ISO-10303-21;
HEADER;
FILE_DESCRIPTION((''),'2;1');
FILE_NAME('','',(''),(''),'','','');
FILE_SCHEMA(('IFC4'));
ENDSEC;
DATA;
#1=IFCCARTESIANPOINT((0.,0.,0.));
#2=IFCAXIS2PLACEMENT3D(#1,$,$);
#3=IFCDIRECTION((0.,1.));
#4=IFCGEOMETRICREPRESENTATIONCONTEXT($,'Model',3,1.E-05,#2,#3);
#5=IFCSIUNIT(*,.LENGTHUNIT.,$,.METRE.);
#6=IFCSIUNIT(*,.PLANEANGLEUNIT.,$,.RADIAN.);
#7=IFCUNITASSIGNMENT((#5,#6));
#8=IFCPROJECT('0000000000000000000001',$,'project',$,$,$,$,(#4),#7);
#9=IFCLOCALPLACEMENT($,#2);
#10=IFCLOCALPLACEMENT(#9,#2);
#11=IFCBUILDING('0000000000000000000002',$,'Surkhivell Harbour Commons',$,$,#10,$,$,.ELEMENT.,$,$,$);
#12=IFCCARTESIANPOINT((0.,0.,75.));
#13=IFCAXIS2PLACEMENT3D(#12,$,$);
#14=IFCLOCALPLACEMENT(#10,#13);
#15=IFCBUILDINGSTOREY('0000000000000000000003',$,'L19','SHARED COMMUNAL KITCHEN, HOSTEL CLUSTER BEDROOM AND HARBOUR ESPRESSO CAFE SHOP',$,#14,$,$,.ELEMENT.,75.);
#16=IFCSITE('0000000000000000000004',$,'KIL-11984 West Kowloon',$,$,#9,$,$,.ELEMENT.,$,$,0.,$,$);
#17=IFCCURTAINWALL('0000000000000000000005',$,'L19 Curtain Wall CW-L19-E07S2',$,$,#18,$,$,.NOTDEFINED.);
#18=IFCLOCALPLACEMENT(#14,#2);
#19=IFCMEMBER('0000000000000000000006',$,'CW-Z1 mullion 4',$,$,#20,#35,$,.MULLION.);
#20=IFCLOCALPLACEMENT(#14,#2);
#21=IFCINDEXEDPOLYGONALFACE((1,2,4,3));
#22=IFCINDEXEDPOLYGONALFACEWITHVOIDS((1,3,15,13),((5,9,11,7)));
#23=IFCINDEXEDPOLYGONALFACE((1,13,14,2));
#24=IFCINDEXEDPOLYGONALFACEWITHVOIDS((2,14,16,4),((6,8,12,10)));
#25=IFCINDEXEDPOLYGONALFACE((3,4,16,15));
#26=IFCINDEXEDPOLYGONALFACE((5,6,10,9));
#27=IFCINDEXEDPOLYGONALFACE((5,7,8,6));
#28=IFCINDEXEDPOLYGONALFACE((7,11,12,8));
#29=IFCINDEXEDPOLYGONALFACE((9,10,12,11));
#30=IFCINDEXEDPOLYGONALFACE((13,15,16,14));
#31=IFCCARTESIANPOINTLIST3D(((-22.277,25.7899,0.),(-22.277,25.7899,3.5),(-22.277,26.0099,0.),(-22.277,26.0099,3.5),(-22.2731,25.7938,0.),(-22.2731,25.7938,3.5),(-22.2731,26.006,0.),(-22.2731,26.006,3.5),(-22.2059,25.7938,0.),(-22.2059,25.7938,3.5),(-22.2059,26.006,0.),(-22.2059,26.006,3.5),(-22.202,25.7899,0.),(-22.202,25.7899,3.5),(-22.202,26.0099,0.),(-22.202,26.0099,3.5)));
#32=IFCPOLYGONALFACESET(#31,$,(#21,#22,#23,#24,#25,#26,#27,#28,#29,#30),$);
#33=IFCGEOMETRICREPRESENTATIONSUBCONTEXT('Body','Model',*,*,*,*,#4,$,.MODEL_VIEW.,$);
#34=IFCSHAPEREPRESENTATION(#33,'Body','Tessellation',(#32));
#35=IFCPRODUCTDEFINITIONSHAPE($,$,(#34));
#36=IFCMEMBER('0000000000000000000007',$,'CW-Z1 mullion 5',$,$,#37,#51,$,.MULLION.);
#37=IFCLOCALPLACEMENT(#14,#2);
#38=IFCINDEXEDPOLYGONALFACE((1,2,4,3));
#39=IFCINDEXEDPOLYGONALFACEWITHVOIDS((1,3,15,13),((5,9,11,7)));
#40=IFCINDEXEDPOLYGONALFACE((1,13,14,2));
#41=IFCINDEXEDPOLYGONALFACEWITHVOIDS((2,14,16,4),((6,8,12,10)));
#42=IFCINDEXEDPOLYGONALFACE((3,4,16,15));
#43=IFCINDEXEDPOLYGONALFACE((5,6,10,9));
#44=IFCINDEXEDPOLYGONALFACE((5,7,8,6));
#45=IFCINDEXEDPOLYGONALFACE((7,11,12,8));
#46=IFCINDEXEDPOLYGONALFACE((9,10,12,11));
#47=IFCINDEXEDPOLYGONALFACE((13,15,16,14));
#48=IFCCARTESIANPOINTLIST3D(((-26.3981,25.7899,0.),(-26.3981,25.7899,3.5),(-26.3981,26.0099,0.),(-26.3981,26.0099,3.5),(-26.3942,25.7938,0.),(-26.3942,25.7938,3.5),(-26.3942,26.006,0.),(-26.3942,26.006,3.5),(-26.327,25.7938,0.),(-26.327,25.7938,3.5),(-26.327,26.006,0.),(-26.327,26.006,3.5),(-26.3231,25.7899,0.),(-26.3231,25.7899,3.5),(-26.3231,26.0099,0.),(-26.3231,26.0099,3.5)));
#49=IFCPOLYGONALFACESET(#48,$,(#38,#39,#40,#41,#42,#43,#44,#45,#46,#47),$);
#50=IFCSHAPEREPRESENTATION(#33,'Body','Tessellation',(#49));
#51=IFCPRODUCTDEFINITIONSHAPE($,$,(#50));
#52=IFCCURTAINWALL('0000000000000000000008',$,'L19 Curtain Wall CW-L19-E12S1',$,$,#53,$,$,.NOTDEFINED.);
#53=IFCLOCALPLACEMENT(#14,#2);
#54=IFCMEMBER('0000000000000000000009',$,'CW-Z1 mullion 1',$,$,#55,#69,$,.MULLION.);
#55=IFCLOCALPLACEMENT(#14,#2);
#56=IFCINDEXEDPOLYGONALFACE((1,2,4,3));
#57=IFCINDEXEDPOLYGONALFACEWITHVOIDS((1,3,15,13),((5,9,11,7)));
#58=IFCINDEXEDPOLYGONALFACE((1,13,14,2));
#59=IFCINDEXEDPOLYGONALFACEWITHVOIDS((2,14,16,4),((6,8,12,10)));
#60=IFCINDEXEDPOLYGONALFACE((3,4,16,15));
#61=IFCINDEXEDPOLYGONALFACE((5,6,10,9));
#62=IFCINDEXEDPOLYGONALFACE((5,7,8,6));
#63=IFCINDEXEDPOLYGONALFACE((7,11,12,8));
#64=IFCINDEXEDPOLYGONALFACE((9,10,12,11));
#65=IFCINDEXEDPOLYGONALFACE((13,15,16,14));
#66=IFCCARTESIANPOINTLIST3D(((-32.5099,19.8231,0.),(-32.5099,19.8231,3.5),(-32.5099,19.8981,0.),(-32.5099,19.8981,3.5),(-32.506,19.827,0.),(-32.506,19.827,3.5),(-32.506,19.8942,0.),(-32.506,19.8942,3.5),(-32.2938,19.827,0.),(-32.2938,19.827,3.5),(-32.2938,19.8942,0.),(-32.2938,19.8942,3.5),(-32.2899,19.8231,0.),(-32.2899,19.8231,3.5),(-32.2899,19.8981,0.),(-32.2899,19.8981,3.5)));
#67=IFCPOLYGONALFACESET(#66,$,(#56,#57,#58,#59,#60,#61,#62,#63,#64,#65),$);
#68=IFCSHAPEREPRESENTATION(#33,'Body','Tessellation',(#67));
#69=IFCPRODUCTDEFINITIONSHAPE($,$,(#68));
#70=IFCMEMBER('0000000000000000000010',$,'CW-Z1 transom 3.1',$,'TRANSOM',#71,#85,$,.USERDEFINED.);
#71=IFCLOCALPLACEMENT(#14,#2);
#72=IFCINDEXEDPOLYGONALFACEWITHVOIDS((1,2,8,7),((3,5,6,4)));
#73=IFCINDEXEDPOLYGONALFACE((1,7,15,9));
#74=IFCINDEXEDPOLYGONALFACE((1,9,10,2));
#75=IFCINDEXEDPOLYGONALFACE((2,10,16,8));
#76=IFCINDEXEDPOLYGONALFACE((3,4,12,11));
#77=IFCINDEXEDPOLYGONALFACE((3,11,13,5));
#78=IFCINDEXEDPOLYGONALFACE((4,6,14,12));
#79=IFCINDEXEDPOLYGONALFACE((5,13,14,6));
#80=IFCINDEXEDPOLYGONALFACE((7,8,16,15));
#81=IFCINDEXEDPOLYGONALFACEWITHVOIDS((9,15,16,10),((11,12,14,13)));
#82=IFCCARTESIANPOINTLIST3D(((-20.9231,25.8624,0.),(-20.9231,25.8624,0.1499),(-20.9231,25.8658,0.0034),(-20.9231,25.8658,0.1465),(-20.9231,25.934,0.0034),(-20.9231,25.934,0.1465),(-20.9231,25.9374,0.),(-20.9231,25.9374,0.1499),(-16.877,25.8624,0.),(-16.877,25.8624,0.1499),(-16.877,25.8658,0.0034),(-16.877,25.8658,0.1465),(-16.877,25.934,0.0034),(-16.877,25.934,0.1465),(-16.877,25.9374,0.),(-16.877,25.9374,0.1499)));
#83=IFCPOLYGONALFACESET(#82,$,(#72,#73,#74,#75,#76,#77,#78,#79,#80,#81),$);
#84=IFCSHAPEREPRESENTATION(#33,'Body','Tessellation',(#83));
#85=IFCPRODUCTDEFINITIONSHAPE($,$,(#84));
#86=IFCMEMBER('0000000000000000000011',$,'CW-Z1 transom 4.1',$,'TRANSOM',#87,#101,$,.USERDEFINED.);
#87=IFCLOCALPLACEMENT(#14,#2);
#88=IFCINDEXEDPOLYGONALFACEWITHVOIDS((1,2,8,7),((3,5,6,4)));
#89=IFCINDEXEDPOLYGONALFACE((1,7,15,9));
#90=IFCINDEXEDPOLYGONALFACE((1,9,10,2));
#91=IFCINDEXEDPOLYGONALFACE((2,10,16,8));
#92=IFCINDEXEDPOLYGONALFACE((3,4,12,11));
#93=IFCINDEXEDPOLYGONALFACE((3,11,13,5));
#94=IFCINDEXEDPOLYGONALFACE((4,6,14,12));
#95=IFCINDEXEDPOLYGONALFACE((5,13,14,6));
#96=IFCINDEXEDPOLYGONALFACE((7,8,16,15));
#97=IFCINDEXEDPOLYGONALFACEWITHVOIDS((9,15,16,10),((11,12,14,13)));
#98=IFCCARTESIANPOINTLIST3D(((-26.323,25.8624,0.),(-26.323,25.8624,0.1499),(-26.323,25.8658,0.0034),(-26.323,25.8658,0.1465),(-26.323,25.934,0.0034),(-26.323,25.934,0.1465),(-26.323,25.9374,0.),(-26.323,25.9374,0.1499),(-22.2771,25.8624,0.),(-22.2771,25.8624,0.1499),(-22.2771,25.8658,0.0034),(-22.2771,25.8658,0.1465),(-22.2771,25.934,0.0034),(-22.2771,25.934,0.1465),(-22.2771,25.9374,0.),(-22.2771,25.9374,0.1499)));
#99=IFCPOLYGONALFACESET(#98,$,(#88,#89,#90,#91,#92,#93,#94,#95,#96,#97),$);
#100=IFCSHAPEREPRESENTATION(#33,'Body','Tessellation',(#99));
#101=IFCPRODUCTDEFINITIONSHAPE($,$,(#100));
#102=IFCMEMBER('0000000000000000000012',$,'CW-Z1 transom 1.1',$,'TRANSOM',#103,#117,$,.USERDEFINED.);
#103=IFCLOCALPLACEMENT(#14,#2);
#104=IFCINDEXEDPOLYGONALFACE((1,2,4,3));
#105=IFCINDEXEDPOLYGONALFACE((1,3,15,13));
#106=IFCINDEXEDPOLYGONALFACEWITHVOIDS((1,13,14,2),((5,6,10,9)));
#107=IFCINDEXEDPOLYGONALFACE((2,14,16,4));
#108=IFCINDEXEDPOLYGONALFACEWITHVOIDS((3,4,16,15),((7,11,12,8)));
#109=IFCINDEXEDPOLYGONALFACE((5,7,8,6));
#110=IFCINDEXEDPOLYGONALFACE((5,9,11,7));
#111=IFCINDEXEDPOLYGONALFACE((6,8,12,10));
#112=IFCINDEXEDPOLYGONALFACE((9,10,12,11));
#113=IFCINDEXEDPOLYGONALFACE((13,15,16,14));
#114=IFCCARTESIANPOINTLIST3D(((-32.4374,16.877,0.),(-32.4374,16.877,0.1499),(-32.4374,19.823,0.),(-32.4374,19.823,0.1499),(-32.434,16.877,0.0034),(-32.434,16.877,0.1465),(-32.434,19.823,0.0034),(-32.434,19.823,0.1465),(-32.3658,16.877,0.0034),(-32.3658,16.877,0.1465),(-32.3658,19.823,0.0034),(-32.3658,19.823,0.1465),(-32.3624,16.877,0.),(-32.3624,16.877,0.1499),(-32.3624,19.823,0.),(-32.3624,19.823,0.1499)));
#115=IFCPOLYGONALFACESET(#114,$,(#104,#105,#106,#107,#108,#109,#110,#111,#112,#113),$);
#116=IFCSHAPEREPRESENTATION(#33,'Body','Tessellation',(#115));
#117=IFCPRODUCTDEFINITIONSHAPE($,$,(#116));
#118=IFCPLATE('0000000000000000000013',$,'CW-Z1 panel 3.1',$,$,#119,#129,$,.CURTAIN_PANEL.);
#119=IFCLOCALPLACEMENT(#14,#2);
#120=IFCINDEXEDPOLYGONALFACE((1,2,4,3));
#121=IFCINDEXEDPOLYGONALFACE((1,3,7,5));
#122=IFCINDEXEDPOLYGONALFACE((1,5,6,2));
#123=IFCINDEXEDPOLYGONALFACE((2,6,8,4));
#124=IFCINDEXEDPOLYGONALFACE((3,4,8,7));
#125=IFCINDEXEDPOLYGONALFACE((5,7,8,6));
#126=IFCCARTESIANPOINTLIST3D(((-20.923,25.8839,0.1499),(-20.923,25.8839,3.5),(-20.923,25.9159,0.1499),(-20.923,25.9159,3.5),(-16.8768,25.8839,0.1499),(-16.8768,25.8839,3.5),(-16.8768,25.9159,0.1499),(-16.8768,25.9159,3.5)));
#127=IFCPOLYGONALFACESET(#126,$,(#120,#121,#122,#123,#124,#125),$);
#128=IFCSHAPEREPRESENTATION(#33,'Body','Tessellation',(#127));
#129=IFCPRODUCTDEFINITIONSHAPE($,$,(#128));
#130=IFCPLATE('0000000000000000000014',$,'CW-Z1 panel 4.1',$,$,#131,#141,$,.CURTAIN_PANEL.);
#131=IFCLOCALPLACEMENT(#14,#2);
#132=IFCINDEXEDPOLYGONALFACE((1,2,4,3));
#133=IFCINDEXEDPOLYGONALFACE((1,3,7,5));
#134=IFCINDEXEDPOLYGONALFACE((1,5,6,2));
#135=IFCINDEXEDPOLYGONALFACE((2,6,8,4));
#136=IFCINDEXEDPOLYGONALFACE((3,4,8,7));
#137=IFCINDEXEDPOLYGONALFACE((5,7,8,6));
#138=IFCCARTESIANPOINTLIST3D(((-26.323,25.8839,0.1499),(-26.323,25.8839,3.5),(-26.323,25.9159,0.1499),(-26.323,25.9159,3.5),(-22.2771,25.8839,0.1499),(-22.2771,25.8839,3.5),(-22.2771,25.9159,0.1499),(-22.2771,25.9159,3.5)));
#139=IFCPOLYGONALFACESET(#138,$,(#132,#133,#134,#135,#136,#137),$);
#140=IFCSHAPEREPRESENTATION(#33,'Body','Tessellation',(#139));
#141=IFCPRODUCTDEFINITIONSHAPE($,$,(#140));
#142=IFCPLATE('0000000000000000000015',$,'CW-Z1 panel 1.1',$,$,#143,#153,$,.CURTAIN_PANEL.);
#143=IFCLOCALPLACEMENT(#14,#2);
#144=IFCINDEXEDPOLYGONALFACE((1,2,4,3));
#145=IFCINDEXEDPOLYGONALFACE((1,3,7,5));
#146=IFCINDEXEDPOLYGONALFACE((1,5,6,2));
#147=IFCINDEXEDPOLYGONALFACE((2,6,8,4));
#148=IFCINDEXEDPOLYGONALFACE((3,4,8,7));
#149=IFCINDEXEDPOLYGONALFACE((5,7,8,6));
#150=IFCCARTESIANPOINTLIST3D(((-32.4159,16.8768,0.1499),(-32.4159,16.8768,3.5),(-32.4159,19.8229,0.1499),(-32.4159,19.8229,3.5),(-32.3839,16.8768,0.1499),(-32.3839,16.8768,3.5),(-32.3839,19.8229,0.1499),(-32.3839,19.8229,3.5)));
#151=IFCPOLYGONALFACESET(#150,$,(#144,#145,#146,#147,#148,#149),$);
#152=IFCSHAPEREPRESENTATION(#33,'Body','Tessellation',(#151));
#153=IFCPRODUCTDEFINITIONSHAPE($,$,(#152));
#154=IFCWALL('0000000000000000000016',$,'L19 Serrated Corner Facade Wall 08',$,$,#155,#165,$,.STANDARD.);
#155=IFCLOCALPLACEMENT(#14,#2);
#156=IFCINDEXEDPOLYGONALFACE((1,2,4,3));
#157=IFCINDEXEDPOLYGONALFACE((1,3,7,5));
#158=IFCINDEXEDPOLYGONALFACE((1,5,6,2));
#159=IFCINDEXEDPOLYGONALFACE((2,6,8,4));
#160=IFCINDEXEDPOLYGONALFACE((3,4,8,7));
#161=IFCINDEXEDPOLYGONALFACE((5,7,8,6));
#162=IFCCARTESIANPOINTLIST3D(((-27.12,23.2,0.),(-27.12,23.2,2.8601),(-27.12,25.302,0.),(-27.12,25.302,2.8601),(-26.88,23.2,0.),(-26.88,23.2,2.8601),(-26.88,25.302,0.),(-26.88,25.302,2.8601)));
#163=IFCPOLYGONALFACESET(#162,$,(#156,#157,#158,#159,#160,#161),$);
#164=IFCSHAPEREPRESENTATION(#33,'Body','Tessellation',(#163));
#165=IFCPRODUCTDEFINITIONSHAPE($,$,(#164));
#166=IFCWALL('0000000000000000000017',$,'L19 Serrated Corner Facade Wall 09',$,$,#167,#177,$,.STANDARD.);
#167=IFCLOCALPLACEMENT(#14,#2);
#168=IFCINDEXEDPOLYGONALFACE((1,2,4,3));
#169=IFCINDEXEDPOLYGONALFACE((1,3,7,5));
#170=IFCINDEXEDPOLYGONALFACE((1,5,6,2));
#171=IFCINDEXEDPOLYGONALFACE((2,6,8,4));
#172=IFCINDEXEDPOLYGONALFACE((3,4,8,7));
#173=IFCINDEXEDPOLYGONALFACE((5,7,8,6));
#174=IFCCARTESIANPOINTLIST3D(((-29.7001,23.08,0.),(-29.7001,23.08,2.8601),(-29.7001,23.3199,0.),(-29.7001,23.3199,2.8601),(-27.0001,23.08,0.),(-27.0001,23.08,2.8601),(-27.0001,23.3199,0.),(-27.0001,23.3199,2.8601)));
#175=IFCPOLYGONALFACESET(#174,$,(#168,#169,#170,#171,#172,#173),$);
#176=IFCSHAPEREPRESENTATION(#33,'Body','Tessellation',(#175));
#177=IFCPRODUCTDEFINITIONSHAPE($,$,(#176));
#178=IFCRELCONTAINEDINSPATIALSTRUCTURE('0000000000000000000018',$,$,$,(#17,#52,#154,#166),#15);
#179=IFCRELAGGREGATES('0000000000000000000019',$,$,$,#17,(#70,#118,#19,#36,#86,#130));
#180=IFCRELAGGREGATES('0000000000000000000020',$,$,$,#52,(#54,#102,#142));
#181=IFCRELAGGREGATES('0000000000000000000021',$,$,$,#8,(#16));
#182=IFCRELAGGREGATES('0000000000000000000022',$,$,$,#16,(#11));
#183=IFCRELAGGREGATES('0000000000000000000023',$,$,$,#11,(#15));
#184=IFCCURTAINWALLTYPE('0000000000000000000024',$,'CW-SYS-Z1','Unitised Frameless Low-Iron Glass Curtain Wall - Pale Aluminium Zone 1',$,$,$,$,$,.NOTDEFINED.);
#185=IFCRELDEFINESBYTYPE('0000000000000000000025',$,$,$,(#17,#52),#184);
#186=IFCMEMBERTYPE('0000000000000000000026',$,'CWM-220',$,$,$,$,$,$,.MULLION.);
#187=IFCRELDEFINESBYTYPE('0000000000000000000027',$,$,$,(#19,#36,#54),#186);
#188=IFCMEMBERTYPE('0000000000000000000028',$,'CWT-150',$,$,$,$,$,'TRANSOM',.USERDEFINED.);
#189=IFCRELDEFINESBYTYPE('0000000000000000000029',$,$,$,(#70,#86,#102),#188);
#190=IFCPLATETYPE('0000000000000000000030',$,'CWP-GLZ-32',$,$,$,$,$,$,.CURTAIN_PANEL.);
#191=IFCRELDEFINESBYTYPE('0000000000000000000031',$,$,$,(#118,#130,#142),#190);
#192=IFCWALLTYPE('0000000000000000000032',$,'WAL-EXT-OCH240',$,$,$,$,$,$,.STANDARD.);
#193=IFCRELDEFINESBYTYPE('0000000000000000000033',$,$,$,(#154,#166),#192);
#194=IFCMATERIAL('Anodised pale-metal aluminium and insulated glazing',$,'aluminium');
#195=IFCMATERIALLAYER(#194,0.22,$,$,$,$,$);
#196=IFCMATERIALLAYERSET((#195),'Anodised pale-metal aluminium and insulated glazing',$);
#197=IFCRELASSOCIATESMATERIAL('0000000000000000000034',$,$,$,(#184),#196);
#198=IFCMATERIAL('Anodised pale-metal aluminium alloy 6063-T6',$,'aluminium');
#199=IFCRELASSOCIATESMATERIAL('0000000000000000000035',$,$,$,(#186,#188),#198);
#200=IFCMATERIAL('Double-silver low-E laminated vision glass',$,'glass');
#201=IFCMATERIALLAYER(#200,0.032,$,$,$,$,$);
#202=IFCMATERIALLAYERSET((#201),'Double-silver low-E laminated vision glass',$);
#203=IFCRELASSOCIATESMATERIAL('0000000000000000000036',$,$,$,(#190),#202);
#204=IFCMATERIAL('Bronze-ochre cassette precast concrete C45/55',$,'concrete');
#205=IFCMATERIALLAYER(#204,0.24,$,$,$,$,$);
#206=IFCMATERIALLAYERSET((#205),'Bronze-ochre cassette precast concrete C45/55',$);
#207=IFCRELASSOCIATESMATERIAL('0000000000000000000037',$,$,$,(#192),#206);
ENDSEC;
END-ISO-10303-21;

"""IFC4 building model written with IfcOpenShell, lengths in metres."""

from ifc_helpers import new_model, si_unit, direction, frame, frame_2d, origin, origin_2d, place, context, subcontext, project, spatial, rectangle, hollow_rectangle, extrude, material, layer, layer_set, material_profile, profile_set, type_object, element, aggregate, save


model = new_model("IFC4")

# Units and contexts
model_context = context("Model", 3, precision=1e-05, world=origin(), true_north=direction((0.0, 1.0)))
body_context = subcontext(model_context, "Body", "Model", "MODEL_VIEW")
ifc_project = project(units=[si_unit("LENGTHUNIT", "METRE"), si_unit("PLANEANGLEUNIT", "RADIAN")], contexts=[model_context])

# Site, building, storey
site_placement = place(None, origin())
site = spatial("IfcSite", under=ifc_project, at=site_placement, Name="KIL-11984 West Kowloon", CompositionType="ELEMENT", RefElevation=0.0)
building_placement = place(site_placement, origin())
building = spatial("IfcBuilding", under=site, at=building_placement, Name="Surkhivell Harbour Commons", CompositionType="ELEMENT")
storey_placement = place(building_placement, frame((0.0, 0.0, 75.0)))
storey = spatial("IfcBuildingStorey", under=building, at=storey_placement, Name="L19", Description="SHARED COMMUNAL KITCHEN, HOSTEL CLUSTER BEDROOM AND HARBOUR ESPRESSO CAFE SHOP", CompositionType="ELEMENT", Elevation=75.0)

# Curtain wall, members
ifc_material_1 = material(Name="Anodised pale-metal aluminium and insulated glazing", Category="aluminium")
ifc_layer_1 = layer(ifc_material_1, 0.22)
ifc_layer_set_1 = layer_set([ifc_layer_1], Name="Anodised pale-metal aluminium and insulated glazing")
curtain_wall_type = type_object("IfcCurtainWallType", Name="CW-SYS-Z1", Description="Unitised Frameless Low-Iron Glass Curtain Wall - Pale Aluminium Zone 1", PredefinedType="NOTDEFINED", material=ifc_layer_set_1)
curtain_wall_1_placement = place(storey_placement, origin())
curtain_wall_1 = element("IfcCurtainWall", 1, at=curtain_wall_1_placement, inside=storey, type_object=curtain_wall_type, Name="L19 Curtain Wall CW-L19-E07S2", PredefinedType="NOTDEFINED")
ifc_material_2 = material(Name="Anodised pale-metal aluminium alloy 6063-T6", Category="aluminium")
ifc_material_profile_1 = material_profile(ifc_material_2, hollow_rectangle(XDim=0.075, YDim=0.22, WallThickness=0.0039, at=origin_2d()), Name="ALU-MULL-75x220")
ifc_profile_set_1 = profile_set([ifc_material_profile_1], Name="Anodised pale-metal aluminium alloy 6063-T6")
member_type_1 = type_object("IfcMemberType", Name="CWM-220", PredefinedType="MULLION", material=ifc_profile_set_1)
member_1_placement = place(storey_placement, frame((-22.2395, 25.8999, 0.0), z_axis=(0.0, 0.0, 1.0), x_axis=(-1.0, 0.0, 0.0)))
member_1 = element("IfcMember", 2, at=member_1_placement, type_object=member_type_1, Name="CW-Z1 mullion 4", PredefinedType="MULLION", context=body_context, shape_type="SweptSolid", body=[
    extrude(hollow_rectangle(XDim=0.075, YDim=0.22, WallThickness=0.0039, at=origin_2d()), origin(), (0.0, 0.0, 1.0), 3.5),
])
member_2_placement = place(storey_placement, frame((-26.3606, 25.8999, 0.0), z_axis=(0.0, 0.0, 1.0), x_axis=(-1.0, 0.0, 0.0)))
member_2 = element("IfcMember", 3, at=member_2_placement, type_object=member_type_1, Name="CW-Z1 mullion 5", PredefinedType="MULLION", context=body_context, shape_type="SweptSolid", body=[
    extrude(hollow_rectangle(XDim=0.075, YDim=0.22, WallThickness=0.0039, at=origin_2d()), origin(), (0.0, 0.0, 1.0), 3.5),
])

# Curtain wall, member
curtain_wall_2_placement = place(storey_placement, origin())
curtain_wall_2 = element("IfcCurtainWall", 4, at=curtain_wall_2_placement, inside=storey, type_object=curtain_wall_type, Name="L19 Curtain Wall CW-L19-E12S1", PredefinedType="NOTDEFINED")
member_3_placement = place(storey_placement, frame((-32.3999, 19.8606, 0.0), z_axis=(0.0, 0.0, 1.0), x_axis=(0.0, -1.0, 0.0)))
member_3 = element("IfcMember", 5, at=member_3_placement, type_object=member_type_1, Name="CW-Z1 mullion 1", PredefinedType="MULLION", context=body_context, shape_type="SweptSolid", body=[
    extrude(hollow_rectangle(XDim=0.075, YDim=0.22, WallThickness=0.0039, at=origin_2d()), origin(), (0.0, 0.0, 1.0), 3.5),
])

# Members
ifc_material_profile_2 = material_profile(ifc_material_2, hollow_rectangle(XDim=0.075, YDim=0.1499, WallThickness=0.0034, at=origin_2d()), Name="ALU-TRAN-75x150")
ifc_profile_set_2 = profile_set([ifc_material_profile_2], Name="Anodised pale-metal aluminium alloy 6063-T6")
member_type_2 = type_object("IfcMemberType", Name="CWT-150", ElementType="TRANSOM", PredefinedType="USERDEFINED", material=ifc_profile_set_2)
member_4_placement = place(storey_placement, frame((-16.877, 25.8999, 0.075), z_axis=(-1.0, 0.0, 0.0), x_axis=(0.0, -1.0, 0.0)))
member_4 = element("IfcMember", 6, at=member_4_placement, type_object=member_type_2, Name="CW-Z1 transom 3.1", ObjectType="TRANSOM", PredefinedType="USERDEFINED", context=body_context, shape_type="SweptSolid", body=[
    extrude(hollow_rectangle(XDim=0.075, YDim=0.1499, WallThickness=0.0034, at=origin_2d()), origin(), (0.0, 0.0, 1.0), 4.0461),
])
member_5_placement = place(storey_placement, frame((-22.2771, 25.8999, 0.075), z_axis=(-1.0, 0.0, 0.0), x_axis=(0.0, -1.0, 0.0)))
member_5 = element("IfcMember", 7, at=member_5_placement, type_object=member_type_2, Name="CW-Z1 transom 4.1", ObjectType="TRANSOM", PredefinedType="USERDEFINED", context=body_context, shape_type="SweptSolid", body=[
    extrude(hollow_rectangle(XDim=0.075, YDim=0.1499, WallThickness=0.0034, at=origin_2d()), origin(), (0.0, 0.0, 1.0), 4.0459),
])
member_6_placement = place(storey_placement, frame((-32.3999, 19.823, 0.075), z_axis=(0.0, -1.0, 0.0), x_axis=(1.0, 0.0, 0.0)))
member_6 = element("IfcMember", 8, at=member_6_placement, type_object=member_type_2, Name="CW-Z1 transom 1.1", ObjectType="TRANSOM", PredefinedType="USERDEFINED", context=body_context, shape_type="SweptSolid", body=[
    extrude(hollow_rectangle(XDim=0.075, YDim=0.1499, WallThickness=0.0034, at=origin_2d()), origin(), (0.0, 0.0, 1.0), 2.946),
])

# Plates
ifc_material_3 = material(Name="Double-silver low-E laminated vision glass", Category="glass")
ifc_layer_2 = layer(ifc_material_3, 0.032)
ifc_layer_set_2 = layer_set([ifc_layer_2], Name="Double-silver low-E laminated vision glass")
plate_type = type_object("IfcPlateType", Name="CWP-GLZ-32", PredefinedType="CURTAIN_PANEL", material=ifc_layer_set_2)
plate_1_placement = place(storey_placement, frame((-16.877, 25.8999, 0.1499), z_axis=(0.0, 0.0, 1.0), x_axis=(-1.0, 0.0, 0.0)))
plate_1 = element("IfcPlate", 9, at=plate_1_placement, type_object=plate_type, Name="CW-Z1 panel 3.1", PredefinedType="CURTAIN_PANEL", context=body_context, shape_type="SweptSolid", body=[
    extrude(rectangle(XDim=4.0461, YDim=0.032, at=frame_2d((2.0229, 0.0))), origin(), (0.0, 0.0, 1.0), 3.3501),
])
plate_2_placement = place(storey_placement, frame((-22.2771, 25.8999, 0.1499), z_axis=(0.0, 0.0, 1.0), x_axis=(-1.0, 0.0, 0.0)))
plate_2 = element("IfcPlate", 10, at=plate_2_placement, type_object=plate_type, Name="CW-Z1 panel 4.1", PredefinedType="CURTAIN_PANEL", context=body_context, shape_type="SweptSolid", body=[
    extrude(rectangle(XDim=4.0459, YDim=0.032, at=frame_2d((2.0229, 0.0))), origin(), (0.0, 0.0, 1.0), 3.3501),
])
aggregate(curtain_wall_1, [member_4, plate_1, member_1, member_2, member_5, plate_2])
plate_3_placement = place(storey_placement, frame((-32.3999, 19.823, 0.1499), z_axis=(0.0, 0.0, 1.0), x_axis=(0.0, -1.0, 0.0)))
plate_3 = element("IfcPlate", 11, at=plate_3_placement, type_object=plate_type, Name="CW-Z1 panel 1.1", PredefinedType="CURTAIN_PANEL", context=body_context, shape_type="SweptSolid", body=[
    extrude(rectangle(XDim=2.946, YDim=0.032, at=frame_2d((1.4731, 0.0))), origin(), (0.0, 0.0, 1.0), 3.3501),
])
aggregate(curtain_wall_2, [member_3, member_6, plate_3])

# Walls
ifc_material_4 = material(Name="Bronze-ochre cassette precast concrete C45/55", Category="concrete")
ifc_layer_3 = layer(ifc_material_4, 0.24)
ifc_layer_set_3 = layer_set([ifc_layer_3], Name="Bronze-ochre cassette precast concrete C45/55")
wall_type = type_object("IfcWallType", Name="WAL-EXT-OCH240", PredefinedType="STANDARD", material=ifc_layer_set_3)
wall_1_placement = place(storey_placement, frame((-27.0, 25.302, 0.0), z_axis=(0.0, 0.0, 1.0), x_axis=(0.0, -1.0, 0.0)))
element("IfcWall", 12, at=wall_1_placement, inside=storey, type_object=wall_type, Name="L19 Serrated Corner Facade Wall 08", PredefinedType="STANDARD", context=body_context, shape_type="SweptSolid", body=[
    extrude(rectangle(XDim=2.1021, YDim=0.24, at=frame_2d((1.051, 0.0))), origin(), (0.0, 0.0, 1.0), 2.8601),
])
wall_2_placement = place(storey_placement, frame((-27.0, 23.2, 0.0), z_axis=(0.0, 0.0, 1.0), x_axis=(-1.0, 0.0, 0.0)))
element("IfcWall", 13, at=wall_2_placement, inside=storey, type_object=wall_type, Name="L19 Serrated Corner Facade Wall 09", PredefinedType="STANDARD", context=body_context, shape_type="SweptSolid", body=[
    extrude(rectangle(XDim=2.7, YDim=0.24, at=frame_2d((1.3501, 0.0))), origin(), (0.0, 0.0, 1.0), 2.8601),
])

save(model, "model.ifc")
